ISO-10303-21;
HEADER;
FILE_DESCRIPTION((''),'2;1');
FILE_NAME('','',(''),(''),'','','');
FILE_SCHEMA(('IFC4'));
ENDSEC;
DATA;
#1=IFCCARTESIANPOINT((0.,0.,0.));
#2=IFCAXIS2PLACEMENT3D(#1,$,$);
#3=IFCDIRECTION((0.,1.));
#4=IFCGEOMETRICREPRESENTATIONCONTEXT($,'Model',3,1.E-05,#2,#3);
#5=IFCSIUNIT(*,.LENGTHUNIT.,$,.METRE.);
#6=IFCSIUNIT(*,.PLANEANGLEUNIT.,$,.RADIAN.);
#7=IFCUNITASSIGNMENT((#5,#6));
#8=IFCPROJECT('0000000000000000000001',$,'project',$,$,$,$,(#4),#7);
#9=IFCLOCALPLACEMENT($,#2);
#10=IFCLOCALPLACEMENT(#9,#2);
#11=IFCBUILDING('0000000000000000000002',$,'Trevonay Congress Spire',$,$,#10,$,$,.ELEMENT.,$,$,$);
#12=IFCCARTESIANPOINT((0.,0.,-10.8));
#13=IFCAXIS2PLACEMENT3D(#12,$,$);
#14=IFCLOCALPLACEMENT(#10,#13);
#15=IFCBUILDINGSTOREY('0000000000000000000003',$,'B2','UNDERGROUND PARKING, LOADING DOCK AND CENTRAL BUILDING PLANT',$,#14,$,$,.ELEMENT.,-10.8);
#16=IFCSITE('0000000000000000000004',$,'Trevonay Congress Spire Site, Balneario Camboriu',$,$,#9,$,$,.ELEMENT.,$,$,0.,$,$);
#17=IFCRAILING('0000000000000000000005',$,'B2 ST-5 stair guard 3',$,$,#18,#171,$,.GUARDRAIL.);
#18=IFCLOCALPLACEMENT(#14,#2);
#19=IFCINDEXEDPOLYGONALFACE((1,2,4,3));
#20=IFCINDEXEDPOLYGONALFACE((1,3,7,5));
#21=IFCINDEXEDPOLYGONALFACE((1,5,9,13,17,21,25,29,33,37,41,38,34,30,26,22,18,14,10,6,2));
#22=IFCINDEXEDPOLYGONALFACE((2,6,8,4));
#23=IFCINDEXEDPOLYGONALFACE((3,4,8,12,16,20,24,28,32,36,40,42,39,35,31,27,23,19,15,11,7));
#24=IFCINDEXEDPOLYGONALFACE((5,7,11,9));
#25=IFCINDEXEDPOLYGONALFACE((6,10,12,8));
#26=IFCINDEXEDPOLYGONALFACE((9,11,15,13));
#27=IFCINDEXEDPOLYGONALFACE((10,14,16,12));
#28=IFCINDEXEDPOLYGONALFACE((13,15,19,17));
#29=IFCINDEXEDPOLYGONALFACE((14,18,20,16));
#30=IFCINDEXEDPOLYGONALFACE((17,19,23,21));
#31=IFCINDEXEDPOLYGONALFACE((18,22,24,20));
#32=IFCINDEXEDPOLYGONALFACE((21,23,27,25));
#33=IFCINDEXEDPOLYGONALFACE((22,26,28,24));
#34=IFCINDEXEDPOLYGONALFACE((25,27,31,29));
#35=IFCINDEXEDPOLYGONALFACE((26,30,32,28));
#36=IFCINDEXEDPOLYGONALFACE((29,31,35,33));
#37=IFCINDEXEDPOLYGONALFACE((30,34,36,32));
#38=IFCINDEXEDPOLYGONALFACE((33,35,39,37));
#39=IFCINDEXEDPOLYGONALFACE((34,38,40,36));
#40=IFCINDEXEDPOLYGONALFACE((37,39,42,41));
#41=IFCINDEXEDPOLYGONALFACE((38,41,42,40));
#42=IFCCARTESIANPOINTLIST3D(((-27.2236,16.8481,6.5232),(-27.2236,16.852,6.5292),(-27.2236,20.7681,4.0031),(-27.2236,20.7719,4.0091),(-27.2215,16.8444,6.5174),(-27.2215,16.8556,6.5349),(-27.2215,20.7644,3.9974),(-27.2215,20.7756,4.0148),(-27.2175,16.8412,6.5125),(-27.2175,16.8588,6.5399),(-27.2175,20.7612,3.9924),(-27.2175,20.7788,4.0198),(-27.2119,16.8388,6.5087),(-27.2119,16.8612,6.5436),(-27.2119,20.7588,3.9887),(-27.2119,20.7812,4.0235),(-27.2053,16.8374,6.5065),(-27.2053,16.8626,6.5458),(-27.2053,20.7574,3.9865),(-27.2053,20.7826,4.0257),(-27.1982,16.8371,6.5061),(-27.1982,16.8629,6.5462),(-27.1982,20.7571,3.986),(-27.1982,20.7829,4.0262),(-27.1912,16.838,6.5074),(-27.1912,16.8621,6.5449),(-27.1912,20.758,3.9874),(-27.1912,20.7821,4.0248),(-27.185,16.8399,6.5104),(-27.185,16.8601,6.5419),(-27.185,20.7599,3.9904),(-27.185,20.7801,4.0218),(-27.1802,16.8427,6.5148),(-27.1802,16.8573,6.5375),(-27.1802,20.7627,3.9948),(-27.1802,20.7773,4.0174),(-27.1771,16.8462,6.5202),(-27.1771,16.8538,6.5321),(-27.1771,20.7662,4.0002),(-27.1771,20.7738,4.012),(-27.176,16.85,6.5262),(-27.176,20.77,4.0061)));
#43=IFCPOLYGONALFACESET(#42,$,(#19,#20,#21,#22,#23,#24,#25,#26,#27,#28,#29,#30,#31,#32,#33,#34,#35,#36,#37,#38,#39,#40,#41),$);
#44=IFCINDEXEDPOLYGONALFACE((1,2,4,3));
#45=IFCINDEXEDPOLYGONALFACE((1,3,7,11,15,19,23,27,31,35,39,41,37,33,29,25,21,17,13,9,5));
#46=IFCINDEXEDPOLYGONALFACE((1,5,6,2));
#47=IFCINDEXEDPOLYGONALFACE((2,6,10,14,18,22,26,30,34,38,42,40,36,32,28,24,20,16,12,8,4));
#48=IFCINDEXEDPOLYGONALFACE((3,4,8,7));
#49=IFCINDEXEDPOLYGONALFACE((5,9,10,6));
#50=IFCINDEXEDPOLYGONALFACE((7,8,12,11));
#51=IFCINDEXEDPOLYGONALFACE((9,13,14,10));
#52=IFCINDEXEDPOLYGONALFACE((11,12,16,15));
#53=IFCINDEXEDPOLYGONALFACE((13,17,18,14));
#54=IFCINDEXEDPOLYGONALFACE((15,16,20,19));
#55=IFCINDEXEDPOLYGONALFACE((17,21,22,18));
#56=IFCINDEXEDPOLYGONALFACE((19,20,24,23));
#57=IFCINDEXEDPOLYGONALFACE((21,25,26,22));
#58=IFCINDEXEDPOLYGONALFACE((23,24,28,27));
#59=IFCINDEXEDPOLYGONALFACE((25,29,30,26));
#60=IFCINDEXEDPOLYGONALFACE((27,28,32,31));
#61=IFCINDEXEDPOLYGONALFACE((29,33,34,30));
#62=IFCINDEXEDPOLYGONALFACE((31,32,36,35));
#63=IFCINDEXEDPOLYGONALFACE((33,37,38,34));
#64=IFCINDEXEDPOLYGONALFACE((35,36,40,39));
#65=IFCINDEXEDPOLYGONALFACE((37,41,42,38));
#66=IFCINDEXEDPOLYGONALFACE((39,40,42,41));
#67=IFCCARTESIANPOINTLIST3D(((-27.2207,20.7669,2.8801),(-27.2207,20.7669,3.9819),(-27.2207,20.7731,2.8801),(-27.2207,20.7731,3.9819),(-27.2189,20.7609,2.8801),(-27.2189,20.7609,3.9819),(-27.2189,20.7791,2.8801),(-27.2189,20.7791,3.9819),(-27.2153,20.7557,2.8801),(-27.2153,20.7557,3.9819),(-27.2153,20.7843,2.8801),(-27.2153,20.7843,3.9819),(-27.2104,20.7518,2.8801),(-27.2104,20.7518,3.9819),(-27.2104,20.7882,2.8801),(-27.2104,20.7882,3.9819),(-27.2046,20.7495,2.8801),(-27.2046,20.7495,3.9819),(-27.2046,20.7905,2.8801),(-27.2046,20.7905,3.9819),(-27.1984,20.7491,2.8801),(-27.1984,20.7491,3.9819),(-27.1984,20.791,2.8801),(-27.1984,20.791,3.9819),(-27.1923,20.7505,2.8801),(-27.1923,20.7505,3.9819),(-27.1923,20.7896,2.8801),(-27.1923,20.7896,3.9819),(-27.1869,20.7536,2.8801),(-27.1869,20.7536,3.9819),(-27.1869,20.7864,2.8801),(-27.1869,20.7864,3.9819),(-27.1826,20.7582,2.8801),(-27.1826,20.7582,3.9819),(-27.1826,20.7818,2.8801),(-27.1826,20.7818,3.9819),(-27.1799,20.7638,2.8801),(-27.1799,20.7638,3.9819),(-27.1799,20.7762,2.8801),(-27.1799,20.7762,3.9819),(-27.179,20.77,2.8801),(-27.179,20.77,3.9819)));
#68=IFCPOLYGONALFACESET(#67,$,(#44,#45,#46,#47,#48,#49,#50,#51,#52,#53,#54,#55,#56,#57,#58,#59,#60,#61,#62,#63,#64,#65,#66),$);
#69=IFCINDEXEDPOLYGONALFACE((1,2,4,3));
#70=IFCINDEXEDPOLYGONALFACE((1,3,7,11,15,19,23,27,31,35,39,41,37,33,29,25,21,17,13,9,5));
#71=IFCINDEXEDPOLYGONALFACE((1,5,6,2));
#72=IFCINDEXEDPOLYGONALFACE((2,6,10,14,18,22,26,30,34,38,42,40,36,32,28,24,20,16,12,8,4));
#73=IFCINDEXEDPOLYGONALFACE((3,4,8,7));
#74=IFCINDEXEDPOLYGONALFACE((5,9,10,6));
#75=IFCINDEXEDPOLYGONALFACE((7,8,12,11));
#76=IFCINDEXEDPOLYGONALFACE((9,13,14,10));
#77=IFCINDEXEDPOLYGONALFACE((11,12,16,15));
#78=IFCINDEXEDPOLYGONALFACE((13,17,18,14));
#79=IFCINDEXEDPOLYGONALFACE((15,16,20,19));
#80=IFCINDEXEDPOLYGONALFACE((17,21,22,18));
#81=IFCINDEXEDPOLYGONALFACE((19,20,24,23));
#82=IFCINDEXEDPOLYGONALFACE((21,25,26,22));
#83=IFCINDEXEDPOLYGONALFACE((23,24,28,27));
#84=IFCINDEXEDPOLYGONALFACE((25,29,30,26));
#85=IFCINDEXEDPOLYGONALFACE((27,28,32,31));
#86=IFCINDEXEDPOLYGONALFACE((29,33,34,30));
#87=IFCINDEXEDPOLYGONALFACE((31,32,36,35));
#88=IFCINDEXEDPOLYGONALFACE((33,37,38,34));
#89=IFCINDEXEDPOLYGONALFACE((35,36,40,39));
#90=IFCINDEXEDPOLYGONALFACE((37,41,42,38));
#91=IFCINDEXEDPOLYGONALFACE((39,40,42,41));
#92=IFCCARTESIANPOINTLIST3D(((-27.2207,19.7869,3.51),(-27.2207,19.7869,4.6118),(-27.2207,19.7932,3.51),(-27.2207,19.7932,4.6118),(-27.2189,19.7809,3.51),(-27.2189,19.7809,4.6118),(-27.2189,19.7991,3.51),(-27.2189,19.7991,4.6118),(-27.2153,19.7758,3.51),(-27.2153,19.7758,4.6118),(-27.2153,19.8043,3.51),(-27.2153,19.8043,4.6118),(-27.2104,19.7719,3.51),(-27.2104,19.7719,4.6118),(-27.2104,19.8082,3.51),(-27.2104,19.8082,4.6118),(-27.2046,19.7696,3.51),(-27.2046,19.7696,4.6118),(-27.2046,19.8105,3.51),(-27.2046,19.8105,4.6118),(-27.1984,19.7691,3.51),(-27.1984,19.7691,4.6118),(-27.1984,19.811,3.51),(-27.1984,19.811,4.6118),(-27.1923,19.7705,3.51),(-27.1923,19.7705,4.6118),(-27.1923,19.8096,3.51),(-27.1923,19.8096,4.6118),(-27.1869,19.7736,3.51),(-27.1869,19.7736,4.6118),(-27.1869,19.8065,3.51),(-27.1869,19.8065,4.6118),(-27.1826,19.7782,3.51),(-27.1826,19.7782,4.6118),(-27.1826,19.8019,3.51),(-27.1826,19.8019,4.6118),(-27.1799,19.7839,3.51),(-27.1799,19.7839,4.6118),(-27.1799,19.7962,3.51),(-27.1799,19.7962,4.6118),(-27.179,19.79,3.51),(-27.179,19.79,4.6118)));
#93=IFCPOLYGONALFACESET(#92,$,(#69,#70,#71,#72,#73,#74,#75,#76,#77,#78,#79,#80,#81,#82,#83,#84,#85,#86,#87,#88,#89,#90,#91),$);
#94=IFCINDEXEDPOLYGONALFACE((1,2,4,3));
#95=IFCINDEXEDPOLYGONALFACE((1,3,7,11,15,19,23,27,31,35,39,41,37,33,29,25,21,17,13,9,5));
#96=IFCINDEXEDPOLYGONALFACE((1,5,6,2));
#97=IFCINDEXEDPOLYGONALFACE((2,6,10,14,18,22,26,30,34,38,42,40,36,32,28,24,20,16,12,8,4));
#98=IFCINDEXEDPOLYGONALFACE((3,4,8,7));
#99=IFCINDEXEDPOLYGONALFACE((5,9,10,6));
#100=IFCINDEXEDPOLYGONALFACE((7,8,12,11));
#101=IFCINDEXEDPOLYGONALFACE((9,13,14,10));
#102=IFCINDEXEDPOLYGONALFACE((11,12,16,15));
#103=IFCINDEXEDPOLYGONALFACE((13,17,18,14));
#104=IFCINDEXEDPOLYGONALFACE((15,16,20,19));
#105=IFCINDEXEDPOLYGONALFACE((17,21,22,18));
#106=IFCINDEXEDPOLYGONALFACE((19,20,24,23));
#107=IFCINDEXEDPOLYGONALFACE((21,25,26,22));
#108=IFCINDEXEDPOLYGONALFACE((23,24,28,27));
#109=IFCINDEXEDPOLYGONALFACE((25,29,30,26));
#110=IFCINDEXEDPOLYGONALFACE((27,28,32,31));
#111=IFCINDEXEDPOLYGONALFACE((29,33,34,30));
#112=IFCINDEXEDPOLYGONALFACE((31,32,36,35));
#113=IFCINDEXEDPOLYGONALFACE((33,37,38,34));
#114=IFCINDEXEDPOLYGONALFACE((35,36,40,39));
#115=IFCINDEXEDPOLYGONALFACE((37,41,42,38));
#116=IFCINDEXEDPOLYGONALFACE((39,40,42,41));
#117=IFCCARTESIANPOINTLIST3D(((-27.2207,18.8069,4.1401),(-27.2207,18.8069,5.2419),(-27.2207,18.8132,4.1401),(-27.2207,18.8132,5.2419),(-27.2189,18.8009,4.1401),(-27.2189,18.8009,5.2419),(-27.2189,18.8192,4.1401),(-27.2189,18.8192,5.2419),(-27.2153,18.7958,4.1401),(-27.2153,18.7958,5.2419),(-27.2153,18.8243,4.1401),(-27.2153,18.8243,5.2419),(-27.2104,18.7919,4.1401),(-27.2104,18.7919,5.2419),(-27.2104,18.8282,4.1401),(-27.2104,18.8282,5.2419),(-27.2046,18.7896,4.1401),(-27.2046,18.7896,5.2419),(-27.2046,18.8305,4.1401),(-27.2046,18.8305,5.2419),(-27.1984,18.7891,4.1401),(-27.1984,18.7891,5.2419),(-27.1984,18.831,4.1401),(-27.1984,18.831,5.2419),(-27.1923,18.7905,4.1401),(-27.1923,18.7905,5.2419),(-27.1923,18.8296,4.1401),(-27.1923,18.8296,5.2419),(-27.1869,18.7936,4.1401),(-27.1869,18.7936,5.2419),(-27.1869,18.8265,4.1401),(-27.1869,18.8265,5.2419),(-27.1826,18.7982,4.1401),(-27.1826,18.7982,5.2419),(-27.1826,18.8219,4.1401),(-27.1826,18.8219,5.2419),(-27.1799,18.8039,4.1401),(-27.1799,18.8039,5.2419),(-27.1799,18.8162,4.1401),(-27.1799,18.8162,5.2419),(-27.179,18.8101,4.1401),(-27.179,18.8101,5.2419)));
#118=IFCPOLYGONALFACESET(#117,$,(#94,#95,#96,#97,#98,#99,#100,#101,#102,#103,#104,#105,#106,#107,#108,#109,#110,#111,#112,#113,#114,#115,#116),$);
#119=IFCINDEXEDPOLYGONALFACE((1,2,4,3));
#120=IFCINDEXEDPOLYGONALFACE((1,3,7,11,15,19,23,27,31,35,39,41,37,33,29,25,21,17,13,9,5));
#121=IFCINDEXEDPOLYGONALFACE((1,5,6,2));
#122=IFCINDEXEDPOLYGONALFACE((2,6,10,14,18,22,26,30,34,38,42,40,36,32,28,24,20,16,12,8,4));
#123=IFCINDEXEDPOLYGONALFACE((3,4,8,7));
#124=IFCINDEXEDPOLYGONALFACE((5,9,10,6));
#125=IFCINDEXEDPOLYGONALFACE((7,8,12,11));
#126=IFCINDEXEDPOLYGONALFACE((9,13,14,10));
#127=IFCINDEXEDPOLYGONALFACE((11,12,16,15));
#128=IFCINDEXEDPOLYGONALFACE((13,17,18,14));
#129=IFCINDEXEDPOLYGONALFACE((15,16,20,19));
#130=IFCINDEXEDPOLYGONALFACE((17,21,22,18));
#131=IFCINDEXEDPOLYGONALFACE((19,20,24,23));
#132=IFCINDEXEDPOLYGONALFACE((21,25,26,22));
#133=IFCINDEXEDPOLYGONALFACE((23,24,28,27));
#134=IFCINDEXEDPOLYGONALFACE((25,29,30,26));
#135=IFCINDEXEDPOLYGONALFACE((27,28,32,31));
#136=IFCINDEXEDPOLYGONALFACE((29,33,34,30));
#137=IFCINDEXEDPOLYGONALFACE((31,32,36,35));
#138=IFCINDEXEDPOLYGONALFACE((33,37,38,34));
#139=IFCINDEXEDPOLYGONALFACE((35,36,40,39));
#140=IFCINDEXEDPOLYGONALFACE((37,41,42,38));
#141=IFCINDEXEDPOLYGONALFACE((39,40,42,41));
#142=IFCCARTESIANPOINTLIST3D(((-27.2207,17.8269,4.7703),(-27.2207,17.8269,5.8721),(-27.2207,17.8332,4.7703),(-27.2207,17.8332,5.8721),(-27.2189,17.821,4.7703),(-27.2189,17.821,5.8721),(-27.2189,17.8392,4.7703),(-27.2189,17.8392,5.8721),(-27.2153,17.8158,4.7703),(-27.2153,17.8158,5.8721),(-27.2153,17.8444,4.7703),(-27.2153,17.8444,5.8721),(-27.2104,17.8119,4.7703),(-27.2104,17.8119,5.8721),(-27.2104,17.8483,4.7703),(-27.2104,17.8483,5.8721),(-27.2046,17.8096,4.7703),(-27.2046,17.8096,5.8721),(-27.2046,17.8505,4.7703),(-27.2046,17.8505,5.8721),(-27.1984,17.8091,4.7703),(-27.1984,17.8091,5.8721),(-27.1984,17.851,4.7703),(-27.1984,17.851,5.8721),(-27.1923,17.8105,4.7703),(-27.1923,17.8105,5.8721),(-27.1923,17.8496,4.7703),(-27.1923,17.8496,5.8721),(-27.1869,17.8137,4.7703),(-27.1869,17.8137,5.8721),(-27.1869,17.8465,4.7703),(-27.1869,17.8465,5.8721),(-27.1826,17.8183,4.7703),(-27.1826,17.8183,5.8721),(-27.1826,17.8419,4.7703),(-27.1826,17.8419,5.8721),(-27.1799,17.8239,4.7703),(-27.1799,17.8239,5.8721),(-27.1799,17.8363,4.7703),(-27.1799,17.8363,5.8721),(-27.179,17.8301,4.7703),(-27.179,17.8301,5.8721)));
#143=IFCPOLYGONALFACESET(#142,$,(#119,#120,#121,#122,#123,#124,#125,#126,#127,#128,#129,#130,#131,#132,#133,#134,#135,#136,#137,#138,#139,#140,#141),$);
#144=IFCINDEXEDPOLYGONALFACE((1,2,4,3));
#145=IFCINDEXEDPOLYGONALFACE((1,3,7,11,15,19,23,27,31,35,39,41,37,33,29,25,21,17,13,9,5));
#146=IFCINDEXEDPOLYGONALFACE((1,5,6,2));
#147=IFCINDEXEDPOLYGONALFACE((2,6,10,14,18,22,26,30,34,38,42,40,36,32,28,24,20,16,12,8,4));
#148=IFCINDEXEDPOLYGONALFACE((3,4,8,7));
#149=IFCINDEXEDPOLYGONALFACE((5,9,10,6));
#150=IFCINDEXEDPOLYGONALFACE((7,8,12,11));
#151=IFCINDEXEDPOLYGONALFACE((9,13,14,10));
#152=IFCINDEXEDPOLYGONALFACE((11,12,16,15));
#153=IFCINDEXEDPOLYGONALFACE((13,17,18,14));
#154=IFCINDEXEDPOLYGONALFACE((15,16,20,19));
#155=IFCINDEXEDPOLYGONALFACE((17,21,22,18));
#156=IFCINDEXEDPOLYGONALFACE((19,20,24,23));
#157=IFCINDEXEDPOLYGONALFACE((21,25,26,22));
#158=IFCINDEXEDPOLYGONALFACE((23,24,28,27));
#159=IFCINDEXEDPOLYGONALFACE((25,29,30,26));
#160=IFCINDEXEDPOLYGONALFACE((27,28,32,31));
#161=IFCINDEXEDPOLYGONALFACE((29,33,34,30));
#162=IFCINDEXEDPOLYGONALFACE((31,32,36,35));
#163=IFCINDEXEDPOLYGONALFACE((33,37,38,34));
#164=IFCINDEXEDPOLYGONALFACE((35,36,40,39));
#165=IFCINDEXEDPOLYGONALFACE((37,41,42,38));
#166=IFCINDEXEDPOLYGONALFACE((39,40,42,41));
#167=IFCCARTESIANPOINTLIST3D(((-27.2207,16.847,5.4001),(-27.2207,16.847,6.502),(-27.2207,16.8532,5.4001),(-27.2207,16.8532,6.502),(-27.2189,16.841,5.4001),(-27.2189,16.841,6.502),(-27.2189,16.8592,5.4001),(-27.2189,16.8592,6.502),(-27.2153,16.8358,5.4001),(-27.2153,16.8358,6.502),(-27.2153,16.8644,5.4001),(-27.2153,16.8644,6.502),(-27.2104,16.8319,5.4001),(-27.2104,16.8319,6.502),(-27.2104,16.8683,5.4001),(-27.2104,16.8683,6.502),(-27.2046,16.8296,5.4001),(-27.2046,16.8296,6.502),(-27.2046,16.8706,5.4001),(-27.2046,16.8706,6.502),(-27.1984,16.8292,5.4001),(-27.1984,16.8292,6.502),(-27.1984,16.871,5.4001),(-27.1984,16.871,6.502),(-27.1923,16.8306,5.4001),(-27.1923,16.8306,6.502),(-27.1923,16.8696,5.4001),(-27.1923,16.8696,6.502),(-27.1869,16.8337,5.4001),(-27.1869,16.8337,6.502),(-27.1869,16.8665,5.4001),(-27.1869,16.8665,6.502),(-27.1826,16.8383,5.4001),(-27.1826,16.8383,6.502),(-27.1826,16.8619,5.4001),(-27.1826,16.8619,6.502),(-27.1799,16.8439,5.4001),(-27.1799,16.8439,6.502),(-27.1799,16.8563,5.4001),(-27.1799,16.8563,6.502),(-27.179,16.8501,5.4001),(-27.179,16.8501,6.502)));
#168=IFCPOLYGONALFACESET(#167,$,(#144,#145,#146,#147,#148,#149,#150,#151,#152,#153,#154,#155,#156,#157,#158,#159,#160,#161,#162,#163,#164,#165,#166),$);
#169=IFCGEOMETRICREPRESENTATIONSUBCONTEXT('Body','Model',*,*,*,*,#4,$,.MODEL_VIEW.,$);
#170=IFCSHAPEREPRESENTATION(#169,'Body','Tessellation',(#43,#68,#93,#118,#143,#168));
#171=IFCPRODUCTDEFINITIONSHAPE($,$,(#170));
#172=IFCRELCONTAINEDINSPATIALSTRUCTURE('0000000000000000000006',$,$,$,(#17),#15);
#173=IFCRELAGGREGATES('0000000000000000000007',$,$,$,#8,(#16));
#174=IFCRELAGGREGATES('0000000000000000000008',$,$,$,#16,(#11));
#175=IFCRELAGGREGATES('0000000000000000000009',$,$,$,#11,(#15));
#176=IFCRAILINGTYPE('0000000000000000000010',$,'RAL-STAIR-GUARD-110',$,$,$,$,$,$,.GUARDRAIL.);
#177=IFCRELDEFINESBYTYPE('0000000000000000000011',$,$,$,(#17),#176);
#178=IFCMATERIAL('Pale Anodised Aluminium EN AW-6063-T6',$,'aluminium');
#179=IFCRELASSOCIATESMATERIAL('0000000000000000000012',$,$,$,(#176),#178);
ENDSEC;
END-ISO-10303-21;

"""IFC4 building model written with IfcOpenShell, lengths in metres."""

from ifc_helpers import new_model, si_unit, direction, frame, origin, origin_2d, place, context, subcontext, project, spatial, circle, extrude, material, type_object, element, save


model = new_model("IFC4")

# Units and contexts
model_context = context("Model", 3, precision=1e-05, world=origin(), true_north=direction((0.0, 1.0)))
body_context = subcontext(model_context, "Body", "Model", "MODEL_VIEW")
ifc_project = project(units=[si_unit("LENGTHUNIT", "METRE"), si_unit("PLANEANGLEUNIT", "RADIAN")], contexts=[model_context])

# Site, building, storey
site_placement = place(None, origin())
site = spatial("IfcSite", under=ifc_project, at=site_placement, Name="Trevonay Congress Spire Site, Balneario Camboriu", CompositionType="ELEMENT", RefElevation=0.0)
building_placement = place(site_placement, origin())
building = spatial("IfcBuilding", under=site, at=building_placement, Name="Trevonay Congress Spire", CompositionType="ELEMENT")
storey_placement = place(building_placement, frame((0.0, 0.0, -10.8)))
storey = spatial("IfcBuildingStorey", under=building, at=storey_placement, Name="B2", Description="UNDERGROUND PARKING, LOADING DOCK AND CENTRAL BUILDING PLANT", CompositionType="ELEMENT", Elevation=-10.8)

# Railing
ifc_material_1 = material(Name="Pale Anodised Aluminium EN AW-6063-T6", Category="aluminium")
railing_type_1 = type_object("IfcRailingType", Name="RAL-STAIR-GUARD-110", PredefinedType="GUARDRAIL", material=ifc_material_1)
railing_1_placement = place(storey_placement, frame((-27.2, 20.77, 2.8801)))
element("IfcRailing", 1, at=railing_1_placement, inside=storey, type_object=railing_type_1, Name="B2 ST-5 stair guard 3", PredefinedType="GUARDRAIL", context=body_context, shape_type="SweptSolid", body=[
    extrude(circle(Radius=0.0239, at=origin_2d()), frame((0.0, 0.0, 1.126), z_axis=(0.0, -0.841172, 0.540768), x_axis=(1.0, 0.0, 0.0)), (0.0, 0.0, 1.0), 4.6602),
    extrude(circle(Radius=0.021, at=origin_2d()), origin(), (0.0, 0.0, 1.0), 1.1018),
    extrude(circle(Radius=0.021, at=origin_2d()), frame((0.0, -0.98, 0.6299)), (0.0, 0.0, 1.0), 1.1018),
    extrude(circle(Radius=0.021, at=origin_2d()), frame((0.0, -1.96, 1.26)), (0.0, 0.0, 1.0), 1.1018),
    extrude(circle(Radius=0.021, at=origin_2d()), frame((0.0, -2.9399, 1.8901)), (0.0, 0.0, 1.0), 1.1018),
    extrude(circle(Radius=0.021, at=origin_2d()), frame((0.0, -3.9199, 2.52)), (0.0, 0.0, 1.0), 1.1018),
])

save(model, "model.ifc")
